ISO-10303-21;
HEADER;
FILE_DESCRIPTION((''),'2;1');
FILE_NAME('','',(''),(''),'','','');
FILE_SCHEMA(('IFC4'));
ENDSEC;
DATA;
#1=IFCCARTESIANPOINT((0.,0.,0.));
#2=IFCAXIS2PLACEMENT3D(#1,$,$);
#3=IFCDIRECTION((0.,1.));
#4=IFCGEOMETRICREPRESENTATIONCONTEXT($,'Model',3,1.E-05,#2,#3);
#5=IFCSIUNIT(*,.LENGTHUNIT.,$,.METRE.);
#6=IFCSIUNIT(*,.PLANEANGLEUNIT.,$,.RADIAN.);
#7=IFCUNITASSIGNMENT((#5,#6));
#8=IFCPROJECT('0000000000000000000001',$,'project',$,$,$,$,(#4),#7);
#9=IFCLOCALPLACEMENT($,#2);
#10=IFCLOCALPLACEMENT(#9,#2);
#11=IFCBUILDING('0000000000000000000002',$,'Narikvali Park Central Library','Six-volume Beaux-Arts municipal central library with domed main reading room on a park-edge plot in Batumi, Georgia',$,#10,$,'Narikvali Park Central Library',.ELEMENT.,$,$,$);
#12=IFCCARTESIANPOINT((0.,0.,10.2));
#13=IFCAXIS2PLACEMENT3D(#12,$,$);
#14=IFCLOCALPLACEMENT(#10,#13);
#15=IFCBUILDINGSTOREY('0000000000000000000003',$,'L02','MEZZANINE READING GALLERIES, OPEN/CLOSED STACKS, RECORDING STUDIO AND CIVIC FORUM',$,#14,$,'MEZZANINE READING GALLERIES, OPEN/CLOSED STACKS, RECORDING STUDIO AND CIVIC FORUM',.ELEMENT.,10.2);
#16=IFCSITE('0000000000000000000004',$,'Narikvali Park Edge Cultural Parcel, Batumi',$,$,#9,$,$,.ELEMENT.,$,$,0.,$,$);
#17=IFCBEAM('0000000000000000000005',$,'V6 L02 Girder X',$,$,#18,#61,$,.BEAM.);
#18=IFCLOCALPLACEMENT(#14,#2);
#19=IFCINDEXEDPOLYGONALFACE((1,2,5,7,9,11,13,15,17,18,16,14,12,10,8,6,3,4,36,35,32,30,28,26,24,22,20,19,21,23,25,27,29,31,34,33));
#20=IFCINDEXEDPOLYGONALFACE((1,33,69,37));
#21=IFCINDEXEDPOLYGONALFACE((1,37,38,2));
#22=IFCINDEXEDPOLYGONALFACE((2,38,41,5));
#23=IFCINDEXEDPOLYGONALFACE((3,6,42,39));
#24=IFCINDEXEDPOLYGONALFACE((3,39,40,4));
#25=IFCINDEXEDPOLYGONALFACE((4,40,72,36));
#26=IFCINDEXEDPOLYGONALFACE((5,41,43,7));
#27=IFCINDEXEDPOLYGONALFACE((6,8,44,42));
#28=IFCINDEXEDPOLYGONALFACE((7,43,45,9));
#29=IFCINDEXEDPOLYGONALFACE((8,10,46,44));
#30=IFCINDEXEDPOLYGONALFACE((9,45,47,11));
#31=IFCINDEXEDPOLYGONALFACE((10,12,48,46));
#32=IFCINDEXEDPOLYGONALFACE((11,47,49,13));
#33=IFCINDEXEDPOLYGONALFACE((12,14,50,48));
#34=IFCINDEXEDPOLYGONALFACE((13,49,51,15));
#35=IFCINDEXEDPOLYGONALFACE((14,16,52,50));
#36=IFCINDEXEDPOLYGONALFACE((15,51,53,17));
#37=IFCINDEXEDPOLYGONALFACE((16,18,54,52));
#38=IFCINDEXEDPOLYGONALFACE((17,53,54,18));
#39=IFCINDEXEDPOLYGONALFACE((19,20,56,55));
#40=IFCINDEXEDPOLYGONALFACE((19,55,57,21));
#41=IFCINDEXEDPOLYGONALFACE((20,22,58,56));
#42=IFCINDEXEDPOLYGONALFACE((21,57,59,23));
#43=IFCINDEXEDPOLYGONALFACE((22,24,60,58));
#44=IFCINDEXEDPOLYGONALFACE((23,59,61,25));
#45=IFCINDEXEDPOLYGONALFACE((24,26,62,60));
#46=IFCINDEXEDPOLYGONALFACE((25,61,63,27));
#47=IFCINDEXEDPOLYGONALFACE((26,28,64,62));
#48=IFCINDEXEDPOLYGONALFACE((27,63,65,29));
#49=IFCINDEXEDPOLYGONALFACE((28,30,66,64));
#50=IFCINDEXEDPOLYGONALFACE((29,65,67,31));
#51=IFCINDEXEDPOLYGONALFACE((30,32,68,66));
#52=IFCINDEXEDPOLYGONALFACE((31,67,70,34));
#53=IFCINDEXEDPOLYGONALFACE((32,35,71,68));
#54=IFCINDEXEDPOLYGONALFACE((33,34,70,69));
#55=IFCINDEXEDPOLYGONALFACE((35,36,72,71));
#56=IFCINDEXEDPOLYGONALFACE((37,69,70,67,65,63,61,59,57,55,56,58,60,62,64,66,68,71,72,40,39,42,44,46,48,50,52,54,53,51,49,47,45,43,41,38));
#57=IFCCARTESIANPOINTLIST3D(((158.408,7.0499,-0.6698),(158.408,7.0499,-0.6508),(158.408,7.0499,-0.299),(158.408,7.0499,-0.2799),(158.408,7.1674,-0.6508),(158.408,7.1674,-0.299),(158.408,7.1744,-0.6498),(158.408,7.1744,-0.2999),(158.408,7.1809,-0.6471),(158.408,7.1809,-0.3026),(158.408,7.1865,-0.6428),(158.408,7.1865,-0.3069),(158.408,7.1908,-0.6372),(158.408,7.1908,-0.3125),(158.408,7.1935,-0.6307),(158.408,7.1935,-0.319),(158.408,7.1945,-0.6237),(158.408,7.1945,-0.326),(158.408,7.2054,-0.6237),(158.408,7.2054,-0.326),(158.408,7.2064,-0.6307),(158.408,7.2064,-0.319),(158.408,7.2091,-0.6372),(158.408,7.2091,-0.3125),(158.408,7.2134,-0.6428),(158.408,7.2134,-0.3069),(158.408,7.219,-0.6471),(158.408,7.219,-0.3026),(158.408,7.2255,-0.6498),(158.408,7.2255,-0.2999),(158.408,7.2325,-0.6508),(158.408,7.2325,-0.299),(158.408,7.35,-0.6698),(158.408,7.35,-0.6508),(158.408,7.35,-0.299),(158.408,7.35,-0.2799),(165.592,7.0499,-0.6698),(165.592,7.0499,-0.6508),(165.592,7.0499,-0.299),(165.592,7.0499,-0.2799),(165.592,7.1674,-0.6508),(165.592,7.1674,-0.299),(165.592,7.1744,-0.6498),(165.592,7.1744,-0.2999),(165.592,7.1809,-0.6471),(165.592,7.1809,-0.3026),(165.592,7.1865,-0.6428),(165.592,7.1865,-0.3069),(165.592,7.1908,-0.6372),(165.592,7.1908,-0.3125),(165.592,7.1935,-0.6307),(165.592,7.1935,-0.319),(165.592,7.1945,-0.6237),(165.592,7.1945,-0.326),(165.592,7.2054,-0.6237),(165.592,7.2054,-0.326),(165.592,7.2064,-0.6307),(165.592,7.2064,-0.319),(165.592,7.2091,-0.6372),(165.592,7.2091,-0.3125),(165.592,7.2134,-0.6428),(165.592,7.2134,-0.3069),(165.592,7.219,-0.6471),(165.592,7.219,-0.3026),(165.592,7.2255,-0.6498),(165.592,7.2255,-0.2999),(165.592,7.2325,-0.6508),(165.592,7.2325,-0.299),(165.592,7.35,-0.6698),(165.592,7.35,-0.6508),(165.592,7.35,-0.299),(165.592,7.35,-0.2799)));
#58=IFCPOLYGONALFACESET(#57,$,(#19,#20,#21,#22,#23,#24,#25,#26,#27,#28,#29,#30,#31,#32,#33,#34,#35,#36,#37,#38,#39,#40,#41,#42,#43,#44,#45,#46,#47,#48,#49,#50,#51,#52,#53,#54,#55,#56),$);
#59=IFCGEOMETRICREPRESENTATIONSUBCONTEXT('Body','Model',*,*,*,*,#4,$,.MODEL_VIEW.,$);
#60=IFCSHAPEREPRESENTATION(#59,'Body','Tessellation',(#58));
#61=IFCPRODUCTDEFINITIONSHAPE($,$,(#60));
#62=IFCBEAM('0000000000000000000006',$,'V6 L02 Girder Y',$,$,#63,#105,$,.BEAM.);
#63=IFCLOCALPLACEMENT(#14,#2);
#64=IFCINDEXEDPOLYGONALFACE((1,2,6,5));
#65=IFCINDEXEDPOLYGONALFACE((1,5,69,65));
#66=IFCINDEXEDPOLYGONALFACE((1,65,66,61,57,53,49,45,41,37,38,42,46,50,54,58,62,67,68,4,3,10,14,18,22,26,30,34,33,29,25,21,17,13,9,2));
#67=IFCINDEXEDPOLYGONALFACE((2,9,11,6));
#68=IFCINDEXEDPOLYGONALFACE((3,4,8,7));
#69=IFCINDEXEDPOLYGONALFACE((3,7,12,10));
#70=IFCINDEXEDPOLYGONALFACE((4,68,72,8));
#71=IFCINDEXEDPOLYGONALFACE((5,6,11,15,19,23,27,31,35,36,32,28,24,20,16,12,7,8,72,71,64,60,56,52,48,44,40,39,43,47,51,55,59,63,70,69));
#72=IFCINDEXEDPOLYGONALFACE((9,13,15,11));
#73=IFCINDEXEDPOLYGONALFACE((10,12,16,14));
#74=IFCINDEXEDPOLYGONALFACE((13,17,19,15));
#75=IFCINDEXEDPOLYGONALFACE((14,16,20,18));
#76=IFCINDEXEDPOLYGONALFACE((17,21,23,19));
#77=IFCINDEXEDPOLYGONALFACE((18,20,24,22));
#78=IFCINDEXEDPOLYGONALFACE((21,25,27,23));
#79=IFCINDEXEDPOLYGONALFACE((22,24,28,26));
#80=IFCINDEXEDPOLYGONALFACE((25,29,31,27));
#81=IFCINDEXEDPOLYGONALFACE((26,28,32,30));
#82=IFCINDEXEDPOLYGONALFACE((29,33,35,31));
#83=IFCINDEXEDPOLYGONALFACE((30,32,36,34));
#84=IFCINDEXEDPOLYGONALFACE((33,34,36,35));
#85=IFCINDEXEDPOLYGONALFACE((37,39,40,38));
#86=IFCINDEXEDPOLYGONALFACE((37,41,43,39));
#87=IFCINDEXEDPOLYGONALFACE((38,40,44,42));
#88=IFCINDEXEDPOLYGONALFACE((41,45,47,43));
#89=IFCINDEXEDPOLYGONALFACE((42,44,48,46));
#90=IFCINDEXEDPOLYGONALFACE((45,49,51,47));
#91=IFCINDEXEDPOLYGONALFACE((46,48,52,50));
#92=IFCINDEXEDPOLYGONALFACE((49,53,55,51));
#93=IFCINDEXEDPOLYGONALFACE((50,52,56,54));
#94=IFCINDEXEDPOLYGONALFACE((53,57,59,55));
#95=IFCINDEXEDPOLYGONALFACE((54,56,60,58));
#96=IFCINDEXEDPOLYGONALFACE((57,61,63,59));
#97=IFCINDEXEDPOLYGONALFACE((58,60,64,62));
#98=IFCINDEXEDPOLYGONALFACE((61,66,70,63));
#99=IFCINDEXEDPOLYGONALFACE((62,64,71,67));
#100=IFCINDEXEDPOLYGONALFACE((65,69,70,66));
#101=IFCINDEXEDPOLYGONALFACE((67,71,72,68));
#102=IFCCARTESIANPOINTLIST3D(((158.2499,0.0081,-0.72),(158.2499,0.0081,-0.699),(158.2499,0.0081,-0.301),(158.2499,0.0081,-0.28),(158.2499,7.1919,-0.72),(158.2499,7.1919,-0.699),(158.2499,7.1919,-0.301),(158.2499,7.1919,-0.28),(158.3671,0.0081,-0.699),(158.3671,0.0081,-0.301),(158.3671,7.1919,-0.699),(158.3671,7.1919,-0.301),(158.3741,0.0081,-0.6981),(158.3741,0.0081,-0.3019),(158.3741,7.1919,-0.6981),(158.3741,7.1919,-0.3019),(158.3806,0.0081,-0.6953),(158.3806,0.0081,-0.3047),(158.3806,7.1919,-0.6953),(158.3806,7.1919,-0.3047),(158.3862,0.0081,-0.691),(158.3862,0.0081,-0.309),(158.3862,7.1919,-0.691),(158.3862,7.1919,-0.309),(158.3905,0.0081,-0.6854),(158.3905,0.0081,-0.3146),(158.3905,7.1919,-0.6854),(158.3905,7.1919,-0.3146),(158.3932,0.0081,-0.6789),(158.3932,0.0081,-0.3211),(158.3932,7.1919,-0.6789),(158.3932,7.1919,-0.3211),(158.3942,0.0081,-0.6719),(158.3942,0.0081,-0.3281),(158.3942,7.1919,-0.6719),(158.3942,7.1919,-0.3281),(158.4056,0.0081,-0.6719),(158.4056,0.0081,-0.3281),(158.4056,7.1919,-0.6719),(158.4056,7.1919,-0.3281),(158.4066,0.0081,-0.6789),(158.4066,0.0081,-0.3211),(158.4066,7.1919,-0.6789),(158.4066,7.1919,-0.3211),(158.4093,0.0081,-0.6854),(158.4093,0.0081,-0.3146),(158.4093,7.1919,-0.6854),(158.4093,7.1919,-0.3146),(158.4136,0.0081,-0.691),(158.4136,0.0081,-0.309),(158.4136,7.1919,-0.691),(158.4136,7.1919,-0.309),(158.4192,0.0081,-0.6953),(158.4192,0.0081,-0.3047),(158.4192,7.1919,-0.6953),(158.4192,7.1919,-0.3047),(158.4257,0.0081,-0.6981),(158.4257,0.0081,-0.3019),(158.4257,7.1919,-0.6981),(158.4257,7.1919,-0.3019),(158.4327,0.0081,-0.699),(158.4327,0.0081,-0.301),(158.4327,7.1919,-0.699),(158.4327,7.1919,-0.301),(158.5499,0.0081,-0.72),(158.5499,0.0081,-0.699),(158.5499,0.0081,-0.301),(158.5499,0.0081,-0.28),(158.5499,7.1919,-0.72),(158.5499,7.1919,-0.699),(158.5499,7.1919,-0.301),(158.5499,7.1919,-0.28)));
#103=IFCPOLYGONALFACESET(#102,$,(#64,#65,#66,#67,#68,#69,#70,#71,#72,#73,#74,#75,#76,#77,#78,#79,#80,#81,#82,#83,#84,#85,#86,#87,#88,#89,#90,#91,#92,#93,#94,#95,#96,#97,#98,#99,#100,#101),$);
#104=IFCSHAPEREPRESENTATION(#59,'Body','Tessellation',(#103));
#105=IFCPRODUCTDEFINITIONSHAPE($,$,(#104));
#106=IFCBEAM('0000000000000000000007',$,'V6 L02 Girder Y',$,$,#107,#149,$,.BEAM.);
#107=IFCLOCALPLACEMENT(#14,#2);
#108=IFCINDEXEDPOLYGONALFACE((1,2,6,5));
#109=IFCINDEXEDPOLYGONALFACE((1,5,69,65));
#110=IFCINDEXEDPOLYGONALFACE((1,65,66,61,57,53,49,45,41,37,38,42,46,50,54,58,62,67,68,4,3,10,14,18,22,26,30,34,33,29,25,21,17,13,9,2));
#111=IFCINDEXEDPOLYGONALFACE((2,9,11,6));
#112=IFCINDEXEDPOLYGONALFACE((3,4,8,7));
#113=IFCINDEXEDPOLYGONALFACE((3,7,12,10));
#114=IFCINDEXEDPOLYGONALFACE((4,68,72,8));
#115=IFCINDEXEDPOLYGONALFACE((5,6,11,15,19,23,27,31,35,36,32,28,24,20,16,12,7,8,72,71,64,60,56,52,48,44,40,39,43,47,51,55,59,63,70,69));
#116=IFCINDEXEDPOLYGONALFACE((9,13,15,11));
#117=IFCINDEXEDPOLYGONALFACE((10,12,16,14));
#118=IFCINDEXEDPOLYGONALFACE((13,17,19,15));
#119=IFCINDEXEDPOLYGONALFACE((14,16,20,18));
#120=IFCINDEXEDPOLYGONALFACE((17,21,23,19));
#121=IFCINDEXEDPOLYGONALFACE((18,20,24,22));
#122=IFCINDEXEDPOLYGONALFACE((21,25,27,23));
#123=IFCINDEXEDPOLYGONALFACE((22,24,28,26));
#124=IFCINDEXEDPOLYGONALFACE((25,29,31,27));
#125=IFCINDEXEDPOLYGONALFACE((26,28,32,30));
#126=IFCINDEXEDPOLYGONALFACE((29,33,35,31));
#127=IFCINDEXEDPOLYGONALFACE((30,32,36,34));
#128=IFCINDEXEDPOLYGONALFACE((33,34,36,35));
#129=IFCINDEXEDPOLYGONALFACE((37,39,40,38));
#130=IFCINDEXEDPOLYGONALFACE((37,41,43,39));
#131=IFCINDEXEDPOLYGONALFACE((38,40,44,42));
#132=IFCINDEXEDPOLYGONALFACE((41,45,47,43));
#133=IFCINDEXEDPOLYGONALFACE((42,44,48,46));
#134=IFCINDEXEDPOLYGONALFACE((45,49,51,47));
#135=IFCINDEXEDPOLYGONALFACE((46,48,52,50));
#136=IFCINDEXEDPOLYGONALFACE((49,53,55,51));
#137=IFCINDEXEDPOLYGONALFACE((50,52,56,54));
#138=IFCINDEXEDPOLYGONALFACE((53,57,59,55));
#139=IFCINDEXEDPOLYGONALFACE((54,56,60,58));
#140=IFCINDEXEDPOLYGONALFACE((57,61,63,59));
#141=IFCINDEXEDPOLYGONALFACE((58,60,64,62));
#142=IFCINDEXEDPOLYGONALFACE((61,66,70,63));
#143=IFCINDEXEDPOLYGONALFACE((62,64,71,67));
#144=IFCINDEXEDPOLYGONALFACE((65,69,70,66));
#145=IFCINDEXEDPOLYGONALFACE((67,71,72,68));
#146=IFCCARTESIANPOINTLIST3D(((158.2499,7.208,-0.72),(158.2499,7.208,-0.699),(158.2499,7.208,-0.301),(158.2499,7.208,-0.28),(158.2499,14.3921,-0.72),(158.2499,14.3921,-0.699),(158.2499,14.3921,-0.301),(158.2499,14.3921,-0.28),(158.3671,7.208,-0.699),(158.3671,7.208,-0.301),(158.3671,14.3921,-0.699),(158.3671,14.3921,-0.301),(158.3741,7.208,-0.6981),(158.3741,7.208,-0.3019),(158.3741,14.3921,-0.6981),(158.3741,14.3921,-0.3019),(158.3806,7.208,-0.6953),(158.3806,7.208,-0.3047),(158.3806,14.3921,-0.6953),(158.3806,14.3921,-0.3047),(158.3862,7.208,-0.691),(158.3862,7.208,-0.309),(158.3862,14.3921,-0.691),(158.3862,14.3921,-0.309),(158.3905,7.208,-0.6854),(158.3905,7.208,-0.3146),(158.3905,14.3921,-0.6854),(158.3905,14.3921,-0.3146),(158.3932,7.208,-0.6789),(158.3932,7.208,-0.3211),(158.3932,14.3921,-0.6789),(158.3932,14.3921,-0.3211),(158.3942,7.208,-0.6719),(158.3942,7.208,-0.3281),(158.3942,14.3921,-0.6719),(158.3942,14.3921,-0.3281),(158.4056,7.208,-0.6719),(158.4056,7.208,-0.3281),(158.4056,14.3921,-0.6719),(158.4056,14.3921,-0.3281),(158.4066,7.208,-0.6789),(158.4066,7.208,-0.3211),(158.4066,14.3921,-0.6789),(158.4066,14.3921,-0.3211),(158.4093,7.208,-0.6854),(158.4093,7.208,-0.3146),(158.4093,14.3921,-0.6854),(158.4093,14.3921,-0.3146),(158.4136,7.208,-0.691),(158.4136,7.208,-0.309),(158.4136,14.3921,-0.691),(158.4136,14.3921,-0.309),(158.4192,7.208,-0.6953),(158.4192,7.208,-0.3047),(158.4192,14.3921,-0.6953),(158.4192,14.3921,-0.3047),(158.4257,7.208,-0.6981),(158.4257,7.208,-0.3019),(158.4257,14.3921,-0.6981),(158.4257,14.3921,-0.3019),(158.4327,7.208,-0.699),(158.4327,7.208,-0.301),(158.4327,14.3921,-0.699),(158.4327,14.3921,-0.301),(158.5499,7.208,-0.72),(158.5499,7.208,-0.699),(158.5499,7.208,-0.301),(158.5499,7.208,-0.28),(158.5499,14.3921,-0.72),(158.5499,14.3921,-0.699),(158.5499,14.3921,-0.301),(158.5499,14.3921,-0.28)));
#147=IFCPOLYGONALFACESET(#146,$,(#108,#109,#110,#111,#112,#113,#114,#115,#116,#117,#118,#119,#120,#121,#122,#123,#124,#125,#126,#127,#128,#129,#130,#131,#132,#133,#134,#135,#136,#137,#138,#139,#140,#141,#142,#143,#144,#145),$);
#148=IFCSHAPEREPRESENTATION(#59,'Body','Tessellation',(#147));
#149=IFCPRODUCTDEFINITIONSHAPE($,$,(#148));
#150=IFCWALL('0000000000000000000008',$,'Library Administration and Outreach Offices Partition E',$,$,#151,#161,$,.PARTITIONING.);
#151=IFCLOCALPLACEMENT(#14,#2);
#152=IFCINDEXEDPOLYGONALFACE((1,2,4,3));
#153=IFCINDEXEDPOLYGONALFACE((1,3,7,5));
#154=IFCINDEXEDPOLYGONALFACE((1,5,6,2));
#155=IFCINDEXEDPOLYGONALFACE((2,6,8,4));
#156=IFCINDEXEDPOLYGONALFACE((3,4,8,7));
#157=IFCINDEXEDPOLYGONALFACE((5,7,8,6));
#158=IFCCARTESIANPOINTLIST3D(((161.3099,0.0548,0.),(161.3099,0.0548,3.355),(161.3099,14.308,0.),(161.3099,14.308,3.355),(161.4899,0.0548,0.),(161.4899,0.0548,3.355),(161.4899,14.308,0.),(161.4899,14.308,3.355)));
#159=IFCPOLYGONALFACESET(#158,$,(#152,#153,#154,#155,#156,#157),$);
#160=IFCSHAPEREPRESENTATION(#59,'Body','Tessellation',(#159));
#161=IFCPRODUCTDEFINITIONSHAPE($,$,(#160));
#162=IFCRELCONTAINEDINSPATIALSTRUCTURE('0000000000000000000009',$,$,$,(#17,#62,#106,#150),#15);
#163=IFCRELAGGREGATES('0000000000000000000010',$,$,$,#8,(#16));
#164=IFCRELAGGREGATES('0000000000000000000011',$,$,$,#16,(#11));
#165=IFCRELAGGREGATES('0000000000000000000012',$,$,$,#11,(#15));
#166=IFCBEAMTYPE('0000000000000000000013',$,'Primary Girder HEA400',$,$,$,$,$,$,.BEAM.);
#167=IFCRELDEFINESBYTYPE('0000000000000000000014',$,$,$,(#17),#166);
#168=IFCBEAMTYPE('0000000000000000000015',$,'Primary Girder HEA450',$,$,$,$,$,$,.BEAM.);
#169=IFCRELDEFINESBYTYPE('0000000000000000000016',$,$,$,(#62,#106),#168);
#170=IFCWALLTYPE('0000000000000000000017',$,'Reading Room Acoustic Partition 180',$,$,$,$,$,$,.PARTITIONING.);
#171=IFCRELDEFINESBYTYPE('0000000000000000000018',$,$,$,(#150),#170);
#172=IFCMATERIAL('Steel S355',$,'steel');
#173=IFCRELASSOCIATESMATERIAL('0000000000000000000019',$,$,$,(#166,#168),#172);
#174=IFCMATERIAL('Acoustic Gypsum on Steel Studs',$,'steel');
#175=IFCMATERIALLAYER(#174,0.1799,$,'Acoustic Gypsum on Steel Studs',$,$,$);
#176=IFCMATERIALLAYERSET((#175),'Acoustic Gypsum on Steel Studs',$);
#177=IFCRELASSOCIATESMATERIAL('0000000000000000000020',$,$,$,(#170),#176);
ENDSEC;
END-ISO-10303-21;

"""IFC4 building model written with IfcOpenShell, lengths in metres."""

from ifc_helpers import new_model, si_unit, direction, frame, frame_2d, origin, origin_2d, place, context, subcontext, project, spatial, rectangle, i_section, extrude, material, layer, layer_set, material_profile, profile_set, type_object, element, save


model = new_model("IFC4")

# Units and contexts
model_context = context("Model", 3, precision=1e-05, world=origin(), true_north=direction((0.0, 1.0)))
body_context = subcontext(model_context, "Body", "Model", "MODEL_VIEW")
ifc_project = project(units=[si_unit("LENGTHUNIT", "METRE"), si_unit("PLANEANGLEUNIT", "RADIAN")], contexts=[model_context])

# Site, building, storey
site_placement = place(None, origin())
site = spatial("IfcSite", under=ifc_project, at=site_placement, Name="Narikvali Park Edge Cultural Parcel, Batumi", CompositionType="ELEMENT", RefElevation=0.0)
building_placement = place(site_placement, origin())
building = spatial("IfcBuilding", under=site, at=building_placement, Name="Narikvali Park Central Library", Description="Six-volume Beaux-Arts municipal central library with domed main reading room on a park-edge plot in Batumi, Georgia", LongName="Narikvali Park Central Library", CompositionType="ELEMENT")
storey_placement = place(building_placement, frame((0.0, 0.0, 10.2)))
storey = spatial("IfcBuildingStorey", under=building, at=storey_placement, Name="L02", Description="MEZZANINE READING GALLERIES, OPEN/CLOSED STACKS, RECORDING STUDIO AND CIVIC FORUM", LongName="MEZZANINE READING GALLERIES, OPEN/CLOSED STACKS, RECORDING STUDIO AND CIVIC FORUM", CompositionType="ELEMENT", Elevation=10.2)

# Shared definitions
ifc_material_1 = material(Name="Steel S355", Category="steel")

# Beams
ifc_material_profile_1 = material_profile(ifc_material_1, i_section(OverallWidth=0.3, OverallDepth=0.3899, WebThickness=0.011, FlangeThickness=0.019, FilletRadius=0.0271, at=origin_2d()), Name="HEA 400")
ifc_profile_set_1 = profile_set([ifc_material_profile_1], Name="Steel S355")
beam_type_1 = type_object("IfcBeamType", Name="Primary Girder HEA400", PredefinedType="BEAM", material=ifc_profile_set_1)
beam_1_placement = place(storey_placement, frame((158.408, 7.2, -0.4749), z_axis=(1.0, 0.0, 0.0), x_axis=(0.0, 1.0, 0.0)))
element("IfcBeam", 1, at=beam_1_placement, inside=storey, type_object=beam_type_1, Name="V6 L02 Girder X", PredefinedType="BEAM", context=body_context, shape_type="SweptSolid", body=[
    extrude(i_section(OverallWidth=0.3, OverallDepth=0.3899, WebThickness=0.011, FlangeThickness=0.019, FilletRadius=0.0271, at=origin_2d()), origin(), (0.0, 0.0, 1.0), 7.1841),
])
ifc_material_profile_2 = material_profile(ifc_material_1, i_section(OverallWidth=0.3, OverallDepth=0.4399, WebThickness=0.0115, FlangeThickness=0.021, FilletRadius=0.0271, at=origin_2d()), Name="HEA 450")
ifc_profile_set_2 = profile_set([ifc_material_profile_2], Name="Steel S355")
beam_type_2 = type_object("IfcBeamType", Name="Primary Girder HEA450", PredefinedType="BEAM", material=ifc_profile_set_2)
beam_2_placement = place(storey_placement, frame((158.3999, 0.0081, -0.5), z_axis=(0.0, 1.0, 0.0), x_axis=(-1.0, 0.0, 0.0)))
element("IfcBeam", 2, at=beam_2_placement, inside=storey, type_object=beam_type_2, Name="V6 L02 Girder Y", PredefinedType="BEAM", context=body_context, shape_type="SweptSolid", body=[
    extrude(i_section(OverallWidth=0.3, OverallDepth=0.4399, WebThickness=0.0115, FlangeThickness=0.021, FilletRadius=0.0271, at=origin_2d()), origin(), (0.0, 0.0, 1.0), 7.1838),
])
beam_3_placement = place(storey_placement, frame((158.3999, 7.208, -0.5), z_axis=(0.0, 1.0, 0.0), x_axis=(-1.0, 0.0, 0.0)))
element("IfcBeam", 3, at=beam_3_placement, inside=storey, type_object=beam_type_2, Name="V6 L02 Girder Y", PredefinedType="BEAM", context=body_context, shape_type="SweptSolid", body=[
    extrude(i_section(OverallWidth=0.3, OverallDepth=0.4399, WebThickness=0.0115, FlangeThickness=0.021, FilletRadius=0.0271, at=origin_2d()), origin(), (0.0, 0.0, 1.0), 7.1841),
])

# Wall
ifc_material_2 = material(Name="Acoustic Gypsum on Steel Studs", Category="steel")
ifc_layer_1 = layer(ifc_material_2, 0.1799, Name="Acoustic Gypsum on Steel Studs")
ifc_layer_set_1 = layer_set([ifc_layer_1], Name="Acoustic Gypsum on Steel Studs")
wall_type_1 = type_object("IfcWallType", Name="Reading Room Acoustic Partition 180", PredefinedType="PARTITIONING", material=ifc_layer_set_1)
wall_1_placement = place(storey_placement, frame((161.3999, 0.0549, 0.0), z_axis=(0.0, 0.0, 1.0), x_axis=(0.0, 1.0, 0.0)))
element("IfcWall", 4, at=wall_1_placement, inside=storey, type_object=wall_type_1, Name="Library Administration and Outreach Offices Partition E", PredefinedType="PARTITIONING", context=body_context, shape_type="SweptSolid", body=[
    extrude(rectangle(XDim=14.2532, YDim=0.1799, at=frame_2d((7.1265, 0.0))), origin(), (0.0, 0.0, 1.0), 3.355),
])

save(model, "model.ifc")
